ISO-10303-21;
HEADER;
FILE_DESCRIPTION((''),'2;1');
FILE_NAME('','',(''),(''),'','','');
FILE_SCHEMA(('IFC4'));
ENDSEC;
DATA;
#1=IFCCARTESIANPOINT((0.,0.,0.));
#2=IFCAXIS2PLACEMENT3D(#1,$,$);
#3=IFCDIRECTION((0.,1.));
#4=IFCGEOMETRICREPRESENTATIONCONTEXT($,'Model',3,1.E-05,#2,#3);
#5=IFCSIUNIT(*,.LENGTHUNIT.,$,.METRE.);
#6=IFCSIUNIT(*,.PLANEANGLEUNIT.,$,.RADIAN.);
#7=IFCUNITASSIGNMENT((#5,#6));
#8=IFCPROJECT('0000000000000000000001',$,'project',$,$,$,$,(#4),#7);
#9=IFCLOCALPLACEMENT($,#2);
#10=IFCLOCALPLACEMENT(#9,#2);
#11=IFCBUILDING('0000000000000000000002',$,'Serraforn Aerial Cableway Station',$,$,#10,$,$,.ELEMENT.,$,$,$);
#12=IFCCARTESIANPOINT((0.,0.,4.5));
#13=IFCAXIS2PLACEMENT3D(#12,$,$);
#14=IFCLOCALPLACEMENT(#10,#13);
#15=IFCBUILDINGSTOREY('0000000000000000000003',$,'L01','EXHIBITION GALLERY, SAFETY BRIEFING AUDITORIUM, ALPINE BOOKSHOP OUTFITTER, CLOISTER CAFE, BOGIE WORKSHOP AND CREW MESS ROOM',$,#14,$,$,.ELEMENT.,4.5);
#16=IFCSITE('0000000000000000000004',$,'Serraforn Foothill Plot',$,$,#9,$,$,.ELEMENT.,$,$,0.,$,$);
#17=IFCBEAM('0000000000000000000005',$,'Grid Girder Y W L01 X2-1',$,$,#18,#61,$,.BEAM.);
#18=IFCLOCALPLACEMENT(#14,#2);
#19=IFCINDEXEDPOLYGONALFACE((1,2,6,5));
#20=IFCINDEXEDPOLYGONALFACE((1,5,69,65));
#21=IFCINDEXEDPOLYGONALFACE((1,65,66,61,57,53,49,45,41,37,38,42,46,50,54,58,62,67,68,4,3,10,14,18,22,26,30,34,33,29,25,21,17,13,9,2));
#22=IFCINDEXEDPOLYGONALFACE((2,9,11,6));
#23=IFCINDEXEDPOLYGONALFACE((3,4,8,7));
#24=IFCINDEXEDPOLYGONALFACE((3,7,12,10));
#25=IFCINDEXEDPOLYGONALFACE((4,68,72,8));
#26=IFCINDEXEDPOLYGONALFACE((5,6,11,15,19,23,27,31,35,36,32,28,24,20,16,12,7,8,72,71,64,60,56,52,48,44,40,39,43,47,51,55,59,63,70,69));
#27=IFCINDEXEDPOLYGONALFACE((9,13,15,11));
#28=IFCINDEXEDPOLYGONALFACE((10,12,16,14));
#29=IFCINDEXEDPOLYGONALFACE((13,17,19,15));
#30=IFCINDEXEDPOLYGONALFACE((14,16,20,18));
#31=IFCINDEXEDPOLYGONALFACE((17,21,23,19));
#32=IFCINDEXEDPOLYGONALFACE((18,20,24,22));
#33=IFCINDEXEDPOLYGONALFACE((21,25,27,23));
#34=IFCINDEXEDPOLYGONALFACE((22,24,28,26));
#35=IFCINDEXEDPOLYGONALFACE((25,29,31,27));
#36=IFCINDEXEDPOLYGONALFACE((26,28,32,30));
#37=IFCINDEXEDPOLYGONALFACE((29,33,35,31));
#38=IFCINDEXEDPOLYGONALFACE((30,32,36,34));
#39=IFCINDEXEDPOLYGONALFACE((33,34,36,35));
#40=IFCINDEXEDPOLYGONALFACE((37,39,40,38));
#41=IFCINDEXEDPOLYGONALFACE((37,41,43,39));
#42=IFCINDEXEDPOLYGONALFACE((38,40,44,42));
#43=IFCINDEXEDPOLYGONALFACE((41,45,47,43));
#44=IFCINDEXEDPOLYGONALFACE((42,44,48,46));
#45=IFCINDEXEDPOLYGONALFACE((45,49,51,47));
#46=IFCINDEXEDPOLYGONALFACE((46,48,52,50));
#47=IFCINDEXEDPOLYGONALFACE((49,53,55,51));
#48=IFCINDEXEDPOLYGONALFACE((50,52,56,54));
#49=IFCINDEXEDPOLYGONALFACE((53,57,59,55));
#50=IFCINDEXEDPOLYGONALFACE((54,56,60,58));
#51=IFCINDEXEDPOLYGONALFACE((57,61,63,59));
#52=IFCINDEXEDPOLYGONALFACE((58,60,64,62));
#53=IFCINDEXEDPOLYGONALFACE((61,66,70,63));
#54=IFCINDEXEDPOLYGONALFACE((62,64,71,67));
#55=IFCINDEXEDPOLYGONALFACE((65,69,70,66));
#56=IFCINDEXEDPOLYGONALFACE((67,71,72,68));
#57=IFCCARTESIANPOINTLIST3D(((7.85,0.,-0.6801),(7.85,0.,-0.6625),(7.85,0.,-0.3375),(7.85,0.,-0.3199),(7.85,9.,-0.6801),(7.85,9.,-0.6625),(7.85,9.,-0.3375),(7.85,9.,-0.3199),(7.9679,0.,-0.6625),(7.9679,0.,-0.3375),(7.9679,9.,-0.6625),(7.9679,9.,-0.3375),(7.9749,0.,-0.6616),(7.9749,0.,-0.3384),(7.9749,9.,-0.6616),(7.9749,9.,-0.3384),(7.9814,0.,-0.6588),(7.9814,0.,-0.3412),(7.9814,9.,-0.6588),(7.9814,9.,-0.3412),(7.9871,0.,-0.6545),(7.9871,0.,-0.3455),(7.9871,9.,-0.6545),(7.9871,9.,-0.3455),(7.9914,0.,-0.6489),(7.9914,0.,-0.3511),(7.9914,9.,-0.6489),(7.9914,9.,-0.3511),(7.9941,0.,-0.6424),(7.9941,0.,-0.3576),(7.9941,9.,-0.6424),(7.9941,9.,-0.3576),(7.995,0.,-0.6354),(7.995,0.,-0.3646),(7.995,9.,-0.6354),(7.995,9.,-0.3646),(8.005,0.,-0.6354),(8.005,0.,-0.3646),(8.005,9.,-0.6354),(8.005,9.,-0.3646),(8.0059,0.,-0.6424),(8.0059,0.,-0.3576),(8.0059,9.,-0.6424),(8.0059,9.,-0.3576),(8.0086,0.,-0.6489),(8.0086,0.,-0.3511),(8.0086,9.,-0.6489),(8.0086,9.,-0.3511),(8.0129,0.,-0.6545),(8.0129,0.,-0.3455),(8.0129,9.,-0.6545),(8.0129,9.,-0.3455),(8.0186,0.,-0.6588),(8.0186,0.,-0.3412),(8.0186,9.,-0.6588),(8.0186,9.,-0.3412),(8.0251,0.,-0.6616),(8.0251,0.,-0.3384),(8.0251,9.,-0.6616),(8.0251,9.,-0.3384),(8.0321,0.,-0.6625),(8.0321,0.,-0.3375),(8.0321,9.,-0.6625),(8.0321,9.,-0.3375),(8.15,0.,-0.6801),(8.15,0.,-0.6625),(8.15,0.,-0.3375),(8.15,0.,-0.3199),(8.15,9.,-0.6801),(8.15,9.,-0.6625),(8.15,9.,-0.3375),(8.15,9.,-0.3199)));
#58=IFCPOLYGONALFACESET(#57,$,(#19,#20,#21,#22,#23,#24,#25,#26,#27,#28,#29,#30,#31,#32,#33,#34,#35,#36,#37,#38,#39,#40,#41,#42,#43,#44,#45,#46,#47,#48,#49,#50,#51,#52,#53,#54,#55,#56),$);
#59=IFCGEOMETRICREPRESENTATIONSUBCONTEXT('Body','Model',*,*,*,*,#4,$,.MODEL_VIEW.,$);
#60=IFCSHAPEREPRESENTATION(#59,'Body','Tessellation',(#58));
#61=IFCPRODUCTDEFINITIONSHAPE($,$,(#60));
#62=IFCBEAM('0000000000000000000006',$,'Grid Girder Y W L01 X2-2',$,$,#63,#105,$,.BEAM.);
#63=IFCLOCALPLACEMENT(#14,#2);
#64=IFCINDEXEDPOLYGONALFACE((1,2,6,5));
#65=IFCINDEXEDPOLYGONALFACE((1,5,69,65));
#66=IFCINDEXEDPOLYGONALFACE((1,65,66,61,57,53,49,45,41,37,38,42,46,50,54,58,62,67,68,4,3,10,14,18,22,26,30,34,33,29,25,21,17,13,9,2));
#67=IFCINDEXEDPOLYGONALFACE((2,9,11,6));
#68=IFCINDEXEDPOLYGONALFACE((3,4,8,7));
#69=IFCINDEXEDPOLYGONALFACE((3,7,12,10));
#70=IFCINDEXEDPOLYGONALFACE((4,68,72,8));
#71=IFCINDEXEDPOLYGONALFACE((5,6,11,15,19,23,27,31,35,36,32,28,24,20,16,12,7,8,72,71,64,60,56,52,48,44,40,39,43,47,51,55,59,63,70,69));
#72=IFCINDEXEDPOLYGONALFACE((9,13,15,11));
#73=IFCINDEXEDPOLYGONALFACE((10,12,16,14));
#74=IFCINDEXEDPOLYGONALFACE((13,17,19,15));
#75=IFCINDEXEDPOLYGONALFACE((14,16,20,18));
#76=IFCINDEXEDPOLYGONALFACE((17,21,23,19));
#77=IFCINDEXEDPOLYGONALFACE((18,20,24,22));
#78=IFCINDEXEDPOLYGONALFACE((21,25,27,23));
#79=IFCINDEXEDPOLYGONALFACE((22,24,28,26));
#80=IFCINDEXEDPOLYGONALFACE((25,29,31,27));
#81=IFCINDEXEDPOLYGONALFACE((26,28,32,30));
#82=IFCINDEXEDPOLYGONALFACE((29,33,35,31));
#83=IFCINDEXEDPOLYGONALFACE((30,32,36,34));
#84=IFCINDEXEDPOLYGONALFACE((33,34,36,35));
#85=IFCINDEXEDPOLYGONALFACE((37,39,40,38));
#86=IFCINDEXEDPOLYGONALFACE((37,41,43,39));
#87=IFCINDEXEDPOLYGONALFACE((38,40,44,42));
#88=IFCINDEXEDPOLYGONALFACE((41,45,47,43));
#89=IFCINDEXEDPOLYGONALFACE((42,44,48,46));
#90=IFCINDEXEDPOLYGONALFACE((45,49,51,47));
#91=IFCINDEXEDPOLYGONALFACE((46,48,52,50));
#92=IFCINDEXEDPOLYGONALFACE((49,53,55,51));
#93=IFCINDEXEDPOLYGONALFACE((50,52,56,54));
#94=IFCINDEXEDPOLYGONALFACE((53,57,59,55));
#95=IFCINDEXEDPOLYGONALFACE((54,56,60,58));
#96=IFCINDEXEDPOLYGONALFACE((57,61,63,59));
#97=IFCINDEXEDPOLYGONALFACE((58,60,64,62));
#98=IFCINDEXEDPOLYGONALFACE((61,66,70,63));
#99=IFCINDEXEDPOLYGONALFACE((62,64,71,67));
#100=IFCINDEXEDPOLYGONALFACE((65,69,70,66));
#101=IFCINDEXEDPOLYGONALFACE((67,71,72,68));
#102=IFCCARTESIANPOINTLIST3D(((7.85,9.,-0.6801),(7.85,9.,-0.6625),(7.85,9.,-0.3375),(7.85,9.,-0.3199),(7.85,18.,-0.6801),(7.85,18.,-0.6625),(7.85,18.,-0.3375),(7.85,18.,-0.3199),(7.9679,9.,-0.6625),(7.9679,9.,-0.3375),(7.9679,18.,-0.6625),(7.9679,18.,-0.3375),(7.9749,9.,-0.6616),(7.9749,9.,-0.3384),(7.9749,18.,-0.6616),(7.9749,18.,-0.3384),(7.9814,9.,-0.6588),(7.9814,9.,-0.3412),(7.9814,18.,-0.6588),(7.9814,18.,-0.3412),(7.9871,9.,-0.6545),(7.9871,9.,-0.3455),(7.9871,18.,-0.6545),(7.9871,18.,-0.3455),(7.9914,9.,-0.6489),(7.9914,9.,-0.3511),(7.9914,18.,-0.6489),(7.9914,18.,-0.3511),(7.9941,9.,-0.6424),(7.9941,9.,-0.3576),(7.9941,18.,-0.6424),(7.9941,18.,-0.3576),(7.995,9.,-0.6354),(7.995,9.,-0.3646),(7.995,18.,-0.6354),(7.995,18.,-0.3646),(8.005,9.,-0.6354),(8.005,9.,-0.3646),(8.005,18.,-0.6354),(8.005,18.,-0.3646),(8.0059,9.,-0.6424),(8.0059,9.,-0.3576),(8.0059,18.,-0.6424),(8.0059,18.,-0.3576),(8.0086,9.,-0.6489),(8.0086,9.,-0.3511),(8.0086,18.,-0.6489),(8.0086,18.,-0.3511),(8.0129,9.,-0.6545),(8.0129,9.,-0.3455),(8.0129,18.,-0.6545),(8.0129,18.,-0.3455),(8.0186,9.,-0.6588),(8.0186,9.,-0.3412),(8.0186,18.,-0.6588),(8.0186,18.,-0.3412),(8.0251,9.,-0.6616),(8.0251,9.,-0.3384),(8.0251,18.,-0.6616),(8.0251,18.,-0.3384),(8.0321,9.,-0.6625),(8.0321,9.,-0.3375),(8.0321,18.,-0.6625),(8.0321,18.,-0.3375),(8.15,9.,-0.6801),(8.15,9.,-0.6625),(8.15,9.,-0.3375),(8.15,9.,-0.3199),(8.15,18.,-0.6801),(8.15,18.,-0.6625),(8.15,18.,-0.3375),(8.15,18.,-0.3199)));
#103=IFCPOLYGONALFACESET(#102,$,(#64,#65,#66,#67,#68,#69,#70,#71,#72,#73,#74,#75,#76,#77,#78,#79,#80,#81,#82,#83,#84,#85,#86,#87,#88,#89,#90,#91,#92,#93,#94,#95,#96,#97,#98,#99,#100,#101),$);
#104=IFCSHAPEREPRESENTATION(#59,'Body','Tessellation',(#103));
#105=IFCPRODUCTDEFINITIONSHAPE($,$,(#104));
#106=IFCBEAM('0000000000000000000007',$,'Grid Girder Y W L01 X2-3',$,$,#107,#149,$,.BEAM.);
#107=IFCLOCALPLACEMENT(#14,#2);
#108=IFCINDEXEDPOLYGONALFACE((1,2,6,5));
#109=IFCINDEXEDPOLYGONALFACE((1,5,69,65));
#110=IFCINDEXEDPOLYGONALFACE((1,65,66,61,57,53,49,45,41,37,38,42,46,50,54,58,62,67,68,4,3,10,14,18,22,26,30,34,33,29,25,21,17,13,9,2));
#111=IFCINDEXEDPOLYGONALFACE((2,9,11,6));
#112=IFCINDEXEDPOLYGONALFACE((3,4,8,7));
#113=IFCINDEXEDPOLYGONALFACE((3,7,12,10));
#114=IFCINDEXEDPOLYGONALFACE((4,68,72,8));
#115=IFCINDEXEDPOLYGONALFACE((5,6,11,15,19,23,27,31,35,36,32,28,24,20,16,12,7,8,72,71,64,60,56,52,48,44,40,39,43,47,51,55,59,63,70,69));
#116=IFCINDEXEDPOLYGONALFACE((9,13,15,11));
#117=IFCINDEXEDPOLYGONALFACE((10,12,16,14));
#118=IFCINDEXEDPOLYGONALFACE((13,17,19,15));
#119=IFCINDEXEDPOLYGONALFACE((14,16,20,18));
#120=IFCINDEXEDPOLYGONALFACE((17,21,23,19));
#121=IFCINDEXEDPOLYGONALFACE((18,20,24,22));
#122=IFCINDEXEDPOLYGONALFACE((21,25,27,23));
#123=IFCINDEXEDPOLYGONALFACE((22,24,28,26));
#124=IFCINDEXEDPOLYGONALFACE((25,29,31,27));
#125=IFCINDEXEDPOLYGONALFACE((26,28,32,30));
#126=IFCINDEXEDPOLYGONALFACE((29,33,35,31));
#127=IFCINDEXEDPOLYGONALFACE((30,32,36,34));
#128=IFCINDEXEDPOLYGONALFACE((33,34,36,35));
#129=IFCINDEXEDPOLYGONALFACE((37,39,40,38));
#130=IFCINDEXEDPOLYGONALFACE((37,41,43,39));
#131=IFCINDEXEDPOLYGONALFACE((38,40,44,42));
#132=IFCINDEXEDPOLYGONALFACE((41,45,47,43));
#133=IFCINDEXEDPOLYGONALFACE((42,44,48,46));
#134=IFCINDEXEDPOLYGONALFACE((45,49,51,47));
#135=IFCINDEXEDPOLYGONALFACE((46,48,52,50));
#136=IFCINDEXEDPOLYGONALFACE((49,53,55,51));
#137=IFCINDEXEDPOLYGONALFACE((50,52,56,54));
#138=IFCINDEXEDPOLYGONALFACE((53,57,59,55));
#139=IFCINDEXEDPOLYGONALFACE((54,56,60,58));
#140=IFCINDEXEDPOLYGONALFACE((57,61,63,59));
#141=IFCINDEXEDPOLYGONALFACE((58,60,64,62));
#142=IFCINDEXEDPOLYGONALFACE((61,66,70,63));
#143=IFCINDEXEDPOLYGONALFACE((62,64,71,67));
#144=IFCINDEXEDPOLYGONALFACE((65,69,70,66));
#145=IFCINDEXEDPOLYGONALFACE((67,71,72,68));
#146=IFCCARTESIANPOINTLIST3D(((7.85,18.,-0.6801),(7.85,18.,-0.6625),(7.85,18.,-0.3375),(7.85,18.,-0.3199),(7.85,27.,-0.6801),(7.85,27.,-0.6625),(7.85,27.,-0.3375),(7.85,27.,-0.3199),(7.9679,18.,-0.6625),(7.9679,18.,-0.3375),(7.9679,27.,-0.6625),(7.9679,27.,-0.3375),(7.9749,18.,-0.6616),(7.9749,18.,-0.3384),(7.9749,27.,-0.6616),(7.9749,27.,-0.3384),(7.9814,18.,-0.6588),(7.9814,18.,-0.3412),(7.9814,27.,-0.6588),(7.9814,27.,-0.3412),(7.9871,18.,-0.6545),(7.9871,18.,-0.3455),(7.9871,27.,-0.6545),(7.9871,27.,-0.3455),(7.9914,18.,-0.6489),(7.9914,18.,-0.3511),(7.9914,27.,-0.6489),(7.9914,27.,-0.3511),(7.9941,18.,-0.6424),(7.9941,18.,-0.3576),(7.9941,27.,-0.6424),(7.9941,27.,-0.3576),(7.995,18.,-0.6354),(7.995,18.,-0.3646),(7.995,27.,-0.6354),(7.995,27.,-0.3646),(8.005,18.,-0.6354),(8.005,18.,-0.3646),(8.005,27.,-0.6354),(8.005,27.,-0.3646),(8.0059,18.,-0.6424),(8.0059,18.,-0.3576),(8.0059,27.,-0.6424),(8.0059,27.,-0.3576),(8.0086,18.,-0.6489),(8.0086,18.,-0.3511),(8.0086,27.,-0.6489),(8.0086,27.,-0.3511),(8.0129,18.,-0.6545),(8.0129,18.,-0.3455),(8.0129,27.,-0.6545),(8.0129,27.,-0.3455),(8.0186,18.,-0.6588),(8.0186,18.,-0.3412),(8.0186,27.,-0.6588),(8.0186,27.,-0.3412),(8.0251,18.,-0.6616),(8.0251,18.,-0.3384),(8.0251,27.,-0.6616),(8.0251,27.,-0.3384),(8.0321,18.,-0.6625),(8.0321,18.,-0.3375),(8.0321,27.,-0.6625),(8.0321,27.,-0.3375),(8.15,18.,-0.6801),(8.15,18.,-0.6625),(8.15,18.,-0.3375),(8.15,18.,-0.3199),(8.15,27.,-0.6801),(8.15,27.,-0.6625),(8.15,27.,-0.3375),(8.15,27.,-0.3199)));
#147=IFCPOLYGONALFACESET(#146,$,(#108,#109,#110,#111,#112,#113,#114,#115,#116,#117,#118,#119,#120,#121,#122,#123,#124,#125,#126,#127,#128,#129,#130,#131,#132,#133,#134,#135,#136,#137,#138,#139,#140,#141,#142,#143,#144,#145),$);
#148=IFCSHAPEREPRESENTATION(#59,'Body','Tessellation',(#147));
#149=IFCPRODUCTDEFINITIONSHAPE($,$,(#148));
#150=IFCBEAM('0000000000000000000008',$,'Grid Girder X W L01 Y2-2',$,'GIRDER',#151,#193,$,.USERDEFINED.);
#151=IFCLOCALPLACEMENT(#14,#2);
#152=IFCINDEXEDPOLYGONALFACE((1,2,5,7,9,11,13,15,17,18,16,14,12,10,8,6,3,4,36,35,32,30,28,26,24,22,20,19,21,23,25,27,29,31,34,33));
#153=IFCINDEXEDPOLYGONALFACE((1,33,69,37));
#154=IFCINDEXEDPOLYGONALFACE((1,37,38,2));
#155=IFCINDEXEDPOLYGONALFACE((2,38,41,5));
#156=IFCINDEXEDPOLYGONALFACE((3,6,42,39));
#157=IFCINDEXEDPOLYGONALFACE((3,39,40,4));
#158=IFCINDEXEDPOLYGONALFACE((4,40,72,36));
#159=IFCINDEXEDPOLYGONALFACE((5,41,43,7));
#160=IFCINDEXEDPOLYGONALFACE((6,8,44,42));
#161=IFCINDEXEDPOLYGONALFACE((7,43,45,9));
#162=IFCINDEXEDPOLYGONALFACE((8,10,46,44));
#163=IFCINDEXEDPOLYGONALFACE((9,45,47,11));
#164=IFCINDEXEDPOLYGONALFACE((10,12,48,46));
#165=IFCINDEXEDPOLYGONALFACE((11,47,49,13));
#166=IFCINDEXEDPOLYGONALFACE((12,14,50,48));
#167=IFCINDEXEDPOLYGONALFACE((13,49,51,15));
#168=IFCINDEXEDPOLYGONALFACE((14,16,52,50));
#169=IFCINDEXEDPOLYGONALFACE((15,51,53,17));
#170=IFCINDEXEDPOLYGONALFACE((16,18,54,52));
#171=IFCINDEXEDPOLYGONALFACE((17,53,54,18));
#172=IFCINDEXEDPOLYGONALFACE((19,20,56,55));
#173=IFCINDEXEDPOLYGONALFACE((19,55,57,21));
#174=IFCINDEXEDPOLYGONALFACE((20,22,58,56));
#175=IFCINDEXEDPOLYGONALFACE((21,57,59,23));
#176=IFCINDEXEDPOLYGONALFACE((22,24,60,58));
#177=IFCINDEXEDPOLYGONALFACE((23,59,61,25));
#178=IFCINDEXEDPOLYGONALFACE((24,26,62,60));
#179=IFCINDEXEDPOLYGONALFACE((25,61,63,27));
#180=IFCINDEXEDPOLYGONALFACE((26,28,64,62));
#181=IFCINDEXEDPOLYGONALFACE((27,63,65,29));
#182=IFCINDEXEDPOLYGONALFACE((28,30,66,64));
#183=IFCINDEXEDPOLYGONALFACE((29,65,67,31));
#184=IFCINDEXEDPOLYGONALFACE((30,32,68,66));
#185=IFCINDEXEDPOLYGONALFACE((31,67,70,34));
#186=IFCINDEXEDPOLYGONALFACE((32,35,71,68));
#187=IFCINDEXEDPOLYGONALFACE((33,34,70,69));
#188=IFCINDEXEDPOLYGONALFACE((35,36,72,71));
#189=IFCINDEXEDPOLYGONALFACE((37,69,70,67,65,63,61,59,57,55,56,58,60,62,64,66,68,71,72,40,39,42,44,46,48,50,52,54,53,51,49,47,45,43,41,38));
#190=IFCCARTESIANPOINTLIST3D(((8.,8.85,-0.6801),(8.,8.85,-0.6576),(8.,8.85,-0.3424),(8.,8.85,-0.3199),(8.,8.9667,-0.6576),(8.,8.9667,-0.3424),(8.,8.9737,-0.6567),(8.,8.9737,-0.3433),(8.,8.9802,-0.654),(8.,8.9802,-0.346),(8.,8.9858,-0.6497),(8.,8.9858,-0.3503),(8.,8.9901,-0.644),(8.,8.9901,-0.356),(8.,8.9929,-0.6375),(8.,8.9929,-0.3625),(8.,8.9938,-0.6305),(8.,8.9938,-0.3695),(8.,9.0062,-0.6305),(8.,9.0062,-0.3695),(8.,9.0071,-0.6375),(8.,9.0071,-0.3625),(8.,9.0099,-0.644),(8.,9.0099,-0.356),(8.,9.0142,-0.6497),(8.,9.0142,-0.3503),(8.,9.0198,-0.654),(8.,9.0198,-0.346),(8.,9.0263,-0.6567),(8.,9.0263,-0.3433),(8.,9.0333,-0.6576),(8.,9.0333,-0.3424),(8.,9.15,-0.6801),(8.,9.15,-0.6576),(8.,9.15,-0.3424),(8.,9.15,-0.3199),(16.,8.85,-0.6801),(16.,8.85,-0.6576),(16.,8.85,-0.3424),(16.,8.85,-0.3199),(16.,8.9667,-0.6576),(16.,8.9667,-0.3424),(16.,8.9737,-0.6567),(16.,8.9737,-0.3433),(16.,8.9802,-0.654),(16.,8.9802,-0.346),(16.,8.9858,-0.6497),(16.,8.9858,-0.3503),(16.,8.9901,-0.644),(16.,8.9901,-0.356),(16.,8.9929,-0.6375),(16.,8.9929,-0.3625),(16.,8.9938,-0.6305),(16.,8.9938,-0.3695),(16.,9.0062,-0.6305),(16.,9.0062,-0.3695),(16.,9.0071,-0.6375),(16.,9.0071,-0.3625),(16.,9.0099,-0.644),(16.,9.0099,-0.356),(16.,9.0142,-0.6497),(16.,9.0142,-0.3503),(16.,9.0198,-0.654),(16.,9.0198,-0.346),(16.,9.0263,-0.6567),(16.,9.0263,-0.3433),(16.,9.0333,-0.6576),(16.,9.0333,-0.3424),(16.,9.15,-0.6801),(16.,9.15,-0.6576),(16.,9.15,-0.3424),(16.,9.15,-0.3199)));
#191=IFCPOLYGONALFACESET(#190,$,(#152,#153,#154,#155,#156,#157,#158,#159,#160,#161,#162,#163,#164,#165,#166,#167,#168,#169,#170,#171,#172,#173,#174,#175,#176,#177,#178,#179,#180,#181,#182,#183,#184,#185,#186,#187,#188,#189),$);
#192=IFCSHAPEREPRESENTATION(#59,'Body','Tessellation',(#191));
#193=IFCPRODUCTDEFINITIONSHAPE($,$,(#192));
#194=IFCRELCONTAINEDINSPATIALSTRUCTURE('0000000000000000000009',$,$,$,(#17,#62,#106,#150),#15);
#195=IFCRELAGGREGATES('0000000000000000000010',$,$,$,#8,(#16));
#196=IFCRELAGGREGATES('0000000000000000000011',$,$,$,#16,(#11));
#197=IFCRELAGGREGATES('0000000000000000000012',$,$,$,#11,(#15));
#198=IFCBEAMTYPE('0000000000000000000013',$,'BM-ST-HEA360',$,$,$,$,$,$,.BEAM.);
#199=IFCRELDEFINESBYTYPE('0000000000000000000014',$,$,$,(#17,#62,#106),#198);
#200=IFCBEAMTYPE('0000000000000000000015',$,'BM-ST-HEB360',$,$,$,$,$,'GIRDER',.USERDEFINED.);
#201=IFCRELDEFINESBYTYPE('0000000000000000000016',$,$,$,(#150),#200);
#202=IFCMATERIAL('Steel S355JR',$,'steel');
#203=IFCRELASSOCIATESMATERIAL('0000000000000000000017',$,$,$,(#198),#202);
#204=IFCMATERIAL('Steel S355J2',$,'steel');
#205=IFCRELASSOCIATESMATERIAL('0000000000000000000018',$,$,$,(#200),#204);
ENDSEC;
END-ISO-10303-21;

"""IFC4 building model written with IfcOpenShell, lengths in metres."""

from ifc_helpers import new_model, si_unit, direction, frame, origin, origin_2d, place, context, subcontext, project, spatial, i_section, extrude, material, material_profile, profile_set, type_object, element, save


model = new_model("IFC4")

# Units and contexts
model_context = context("Model", 3, precision=1e-05, world=origin(), true_north=direction((0.0, 1.0)))
body_context = subcontext(model_context, "Body", "Model", "MODEL_VIEW")
ifc_project = project(units=[si_unit("LENGTHUNIT", "METRE"), si_unit("PLANEANGLEUNIT", "RADIAN")], contexts=[model_context])

# Site, building, storey
site_placement = place(None, origin())
site = spatial("IfcSite", under=ifc_project, at=site_placement, Name="Serraforn Foothill Plot", CompositionType="ELEMENT", RefElevation=0.0)
building_placement = place(site_placement, origin())
building = spatial("IfcBuilding", under=site, at=building_placement, Name="Serraforn Aerial Cableway Station", CompositionType="ELEMENT")
storey_placement = place(building_placement, frame((0.0, 0.0, 4.5)))
storey = spatial("IfcBuildingStorey", under=building, at=storey_placement, Name="L01", Description="EXHIBITION GALLERY, SAFETY BRIEFING AUDITORIUM, ALPINE BOOKSHOP OUTFITTER, CLOISTER CAFE, BOGIE WORKSHOP AND CREW MESS ROOM", CompositionType="ELEMENT", Elevation=4.5)

# Beams
ifc_material_1 = material(Name="Steel S355JR", Category="steel")
ifc_material_profile_1 = material_profile(ifc_material_1, i_section(OverallWidth=0.3, OverallDepth=0.3601, WebThickness=0.01, FlangeThickness=0.0176, FilletRadius=0.0271, at=origin_2d()), Name="HEA 360")
ifc_profile_set_1 = profile_set([ifc_material_profile_1], Name="Steel S355JR")
beam_type_1 = type_object("IfcBeamType", Name="BM-ST-HEA360", PredefinedType="BEAM", material=ifc_profile_set_1)
for number, where, z_axis, x_axis, name in (
    (1, (8.0, 0.0, -0.5), (0.0, 1.0, 0.0), (-1.0, 0.0, 0.0), "Grid Girder Y W L01 X2-1"),
    (2, (8.0, 9.0, -0.5), (0.0, 1.0, 0.0), (-1.0, 0.0, 0.0), "Grid Girder Y W L01 X2-2"),
    (3, (8.0, 18.0, -0.5), (0.0, 1.0, 0.0), (-1.0, 0.0, 0.0), "Grid Girder Y W L01 X2-3"),
):
    element("IfcBeam", number, at=place(storey_placement, frame(where, z_axis=z_axis, x_axis=x_axis)), inside=storey, type_object=beam_type_1, Name=name, PredefinedType="BEAM", context=body_context, shape_type="SweptSolid", body=[
        extrude(i_section(OverallWidth=0.3, OverallDepth=0.3601, WebThickness=0.01, FlangeThickness=0.0176, FilletRadius=0.0271, at=origin_2d()), origin(), (0.0, 0.0, 1.0), 9.0),
    ])
ifc_material_2 = material(Name="Steel S355J2", Category="steel")
ifc_material_profile_2 = material_profile(ifc_material_2, i_section(OverallWidth=0.3, OverallDepth=0.3601, WebThickness=0.0125, FlangeThickness=0.0225, FilletRadius=0.0271, at=origin_2d()), Name="HEB 360")
ifc_profile_set_2 = profile_set([ifc_material_profile_2], Name="Steel S355J2")
beam_type_2 = type_object("IfcBeamType", Name="BM-ST-HEB360", ElementType="GIRDER", PredefinedType="USERDEFINED", material=ifc_profile_set_2)
for number, where, z_axis, x_axis, name in (
    (4, (8.0, 9.0, -0.5), (1.0, 0.0, 0.0), (0.0, 1.0, 0.0), "Grid Girder X W L01 Y2-2"),
):
    element("IfcBeam", number, at=place(storey_placement, frame(where, z_axis=z_axis, x_axis=x_axis)), inside=storey, type_object=beam_type_2, Name=name, ObjectType="GIRDER", PredefinedType="USERDEFINED", context=body_context, shape_type="SweptSolid", body=[
        extrude(i_section(OverallWidth=0.3, OverallDepth=0.3601, WebThickness=0.0125, FlangeThickness=0.0225, FilletRadius=0.0271, at=origin_2d()), origin(), (0.0, 0.0, 1.0), 8.0),
    ])

save(model, "model.ifc")
